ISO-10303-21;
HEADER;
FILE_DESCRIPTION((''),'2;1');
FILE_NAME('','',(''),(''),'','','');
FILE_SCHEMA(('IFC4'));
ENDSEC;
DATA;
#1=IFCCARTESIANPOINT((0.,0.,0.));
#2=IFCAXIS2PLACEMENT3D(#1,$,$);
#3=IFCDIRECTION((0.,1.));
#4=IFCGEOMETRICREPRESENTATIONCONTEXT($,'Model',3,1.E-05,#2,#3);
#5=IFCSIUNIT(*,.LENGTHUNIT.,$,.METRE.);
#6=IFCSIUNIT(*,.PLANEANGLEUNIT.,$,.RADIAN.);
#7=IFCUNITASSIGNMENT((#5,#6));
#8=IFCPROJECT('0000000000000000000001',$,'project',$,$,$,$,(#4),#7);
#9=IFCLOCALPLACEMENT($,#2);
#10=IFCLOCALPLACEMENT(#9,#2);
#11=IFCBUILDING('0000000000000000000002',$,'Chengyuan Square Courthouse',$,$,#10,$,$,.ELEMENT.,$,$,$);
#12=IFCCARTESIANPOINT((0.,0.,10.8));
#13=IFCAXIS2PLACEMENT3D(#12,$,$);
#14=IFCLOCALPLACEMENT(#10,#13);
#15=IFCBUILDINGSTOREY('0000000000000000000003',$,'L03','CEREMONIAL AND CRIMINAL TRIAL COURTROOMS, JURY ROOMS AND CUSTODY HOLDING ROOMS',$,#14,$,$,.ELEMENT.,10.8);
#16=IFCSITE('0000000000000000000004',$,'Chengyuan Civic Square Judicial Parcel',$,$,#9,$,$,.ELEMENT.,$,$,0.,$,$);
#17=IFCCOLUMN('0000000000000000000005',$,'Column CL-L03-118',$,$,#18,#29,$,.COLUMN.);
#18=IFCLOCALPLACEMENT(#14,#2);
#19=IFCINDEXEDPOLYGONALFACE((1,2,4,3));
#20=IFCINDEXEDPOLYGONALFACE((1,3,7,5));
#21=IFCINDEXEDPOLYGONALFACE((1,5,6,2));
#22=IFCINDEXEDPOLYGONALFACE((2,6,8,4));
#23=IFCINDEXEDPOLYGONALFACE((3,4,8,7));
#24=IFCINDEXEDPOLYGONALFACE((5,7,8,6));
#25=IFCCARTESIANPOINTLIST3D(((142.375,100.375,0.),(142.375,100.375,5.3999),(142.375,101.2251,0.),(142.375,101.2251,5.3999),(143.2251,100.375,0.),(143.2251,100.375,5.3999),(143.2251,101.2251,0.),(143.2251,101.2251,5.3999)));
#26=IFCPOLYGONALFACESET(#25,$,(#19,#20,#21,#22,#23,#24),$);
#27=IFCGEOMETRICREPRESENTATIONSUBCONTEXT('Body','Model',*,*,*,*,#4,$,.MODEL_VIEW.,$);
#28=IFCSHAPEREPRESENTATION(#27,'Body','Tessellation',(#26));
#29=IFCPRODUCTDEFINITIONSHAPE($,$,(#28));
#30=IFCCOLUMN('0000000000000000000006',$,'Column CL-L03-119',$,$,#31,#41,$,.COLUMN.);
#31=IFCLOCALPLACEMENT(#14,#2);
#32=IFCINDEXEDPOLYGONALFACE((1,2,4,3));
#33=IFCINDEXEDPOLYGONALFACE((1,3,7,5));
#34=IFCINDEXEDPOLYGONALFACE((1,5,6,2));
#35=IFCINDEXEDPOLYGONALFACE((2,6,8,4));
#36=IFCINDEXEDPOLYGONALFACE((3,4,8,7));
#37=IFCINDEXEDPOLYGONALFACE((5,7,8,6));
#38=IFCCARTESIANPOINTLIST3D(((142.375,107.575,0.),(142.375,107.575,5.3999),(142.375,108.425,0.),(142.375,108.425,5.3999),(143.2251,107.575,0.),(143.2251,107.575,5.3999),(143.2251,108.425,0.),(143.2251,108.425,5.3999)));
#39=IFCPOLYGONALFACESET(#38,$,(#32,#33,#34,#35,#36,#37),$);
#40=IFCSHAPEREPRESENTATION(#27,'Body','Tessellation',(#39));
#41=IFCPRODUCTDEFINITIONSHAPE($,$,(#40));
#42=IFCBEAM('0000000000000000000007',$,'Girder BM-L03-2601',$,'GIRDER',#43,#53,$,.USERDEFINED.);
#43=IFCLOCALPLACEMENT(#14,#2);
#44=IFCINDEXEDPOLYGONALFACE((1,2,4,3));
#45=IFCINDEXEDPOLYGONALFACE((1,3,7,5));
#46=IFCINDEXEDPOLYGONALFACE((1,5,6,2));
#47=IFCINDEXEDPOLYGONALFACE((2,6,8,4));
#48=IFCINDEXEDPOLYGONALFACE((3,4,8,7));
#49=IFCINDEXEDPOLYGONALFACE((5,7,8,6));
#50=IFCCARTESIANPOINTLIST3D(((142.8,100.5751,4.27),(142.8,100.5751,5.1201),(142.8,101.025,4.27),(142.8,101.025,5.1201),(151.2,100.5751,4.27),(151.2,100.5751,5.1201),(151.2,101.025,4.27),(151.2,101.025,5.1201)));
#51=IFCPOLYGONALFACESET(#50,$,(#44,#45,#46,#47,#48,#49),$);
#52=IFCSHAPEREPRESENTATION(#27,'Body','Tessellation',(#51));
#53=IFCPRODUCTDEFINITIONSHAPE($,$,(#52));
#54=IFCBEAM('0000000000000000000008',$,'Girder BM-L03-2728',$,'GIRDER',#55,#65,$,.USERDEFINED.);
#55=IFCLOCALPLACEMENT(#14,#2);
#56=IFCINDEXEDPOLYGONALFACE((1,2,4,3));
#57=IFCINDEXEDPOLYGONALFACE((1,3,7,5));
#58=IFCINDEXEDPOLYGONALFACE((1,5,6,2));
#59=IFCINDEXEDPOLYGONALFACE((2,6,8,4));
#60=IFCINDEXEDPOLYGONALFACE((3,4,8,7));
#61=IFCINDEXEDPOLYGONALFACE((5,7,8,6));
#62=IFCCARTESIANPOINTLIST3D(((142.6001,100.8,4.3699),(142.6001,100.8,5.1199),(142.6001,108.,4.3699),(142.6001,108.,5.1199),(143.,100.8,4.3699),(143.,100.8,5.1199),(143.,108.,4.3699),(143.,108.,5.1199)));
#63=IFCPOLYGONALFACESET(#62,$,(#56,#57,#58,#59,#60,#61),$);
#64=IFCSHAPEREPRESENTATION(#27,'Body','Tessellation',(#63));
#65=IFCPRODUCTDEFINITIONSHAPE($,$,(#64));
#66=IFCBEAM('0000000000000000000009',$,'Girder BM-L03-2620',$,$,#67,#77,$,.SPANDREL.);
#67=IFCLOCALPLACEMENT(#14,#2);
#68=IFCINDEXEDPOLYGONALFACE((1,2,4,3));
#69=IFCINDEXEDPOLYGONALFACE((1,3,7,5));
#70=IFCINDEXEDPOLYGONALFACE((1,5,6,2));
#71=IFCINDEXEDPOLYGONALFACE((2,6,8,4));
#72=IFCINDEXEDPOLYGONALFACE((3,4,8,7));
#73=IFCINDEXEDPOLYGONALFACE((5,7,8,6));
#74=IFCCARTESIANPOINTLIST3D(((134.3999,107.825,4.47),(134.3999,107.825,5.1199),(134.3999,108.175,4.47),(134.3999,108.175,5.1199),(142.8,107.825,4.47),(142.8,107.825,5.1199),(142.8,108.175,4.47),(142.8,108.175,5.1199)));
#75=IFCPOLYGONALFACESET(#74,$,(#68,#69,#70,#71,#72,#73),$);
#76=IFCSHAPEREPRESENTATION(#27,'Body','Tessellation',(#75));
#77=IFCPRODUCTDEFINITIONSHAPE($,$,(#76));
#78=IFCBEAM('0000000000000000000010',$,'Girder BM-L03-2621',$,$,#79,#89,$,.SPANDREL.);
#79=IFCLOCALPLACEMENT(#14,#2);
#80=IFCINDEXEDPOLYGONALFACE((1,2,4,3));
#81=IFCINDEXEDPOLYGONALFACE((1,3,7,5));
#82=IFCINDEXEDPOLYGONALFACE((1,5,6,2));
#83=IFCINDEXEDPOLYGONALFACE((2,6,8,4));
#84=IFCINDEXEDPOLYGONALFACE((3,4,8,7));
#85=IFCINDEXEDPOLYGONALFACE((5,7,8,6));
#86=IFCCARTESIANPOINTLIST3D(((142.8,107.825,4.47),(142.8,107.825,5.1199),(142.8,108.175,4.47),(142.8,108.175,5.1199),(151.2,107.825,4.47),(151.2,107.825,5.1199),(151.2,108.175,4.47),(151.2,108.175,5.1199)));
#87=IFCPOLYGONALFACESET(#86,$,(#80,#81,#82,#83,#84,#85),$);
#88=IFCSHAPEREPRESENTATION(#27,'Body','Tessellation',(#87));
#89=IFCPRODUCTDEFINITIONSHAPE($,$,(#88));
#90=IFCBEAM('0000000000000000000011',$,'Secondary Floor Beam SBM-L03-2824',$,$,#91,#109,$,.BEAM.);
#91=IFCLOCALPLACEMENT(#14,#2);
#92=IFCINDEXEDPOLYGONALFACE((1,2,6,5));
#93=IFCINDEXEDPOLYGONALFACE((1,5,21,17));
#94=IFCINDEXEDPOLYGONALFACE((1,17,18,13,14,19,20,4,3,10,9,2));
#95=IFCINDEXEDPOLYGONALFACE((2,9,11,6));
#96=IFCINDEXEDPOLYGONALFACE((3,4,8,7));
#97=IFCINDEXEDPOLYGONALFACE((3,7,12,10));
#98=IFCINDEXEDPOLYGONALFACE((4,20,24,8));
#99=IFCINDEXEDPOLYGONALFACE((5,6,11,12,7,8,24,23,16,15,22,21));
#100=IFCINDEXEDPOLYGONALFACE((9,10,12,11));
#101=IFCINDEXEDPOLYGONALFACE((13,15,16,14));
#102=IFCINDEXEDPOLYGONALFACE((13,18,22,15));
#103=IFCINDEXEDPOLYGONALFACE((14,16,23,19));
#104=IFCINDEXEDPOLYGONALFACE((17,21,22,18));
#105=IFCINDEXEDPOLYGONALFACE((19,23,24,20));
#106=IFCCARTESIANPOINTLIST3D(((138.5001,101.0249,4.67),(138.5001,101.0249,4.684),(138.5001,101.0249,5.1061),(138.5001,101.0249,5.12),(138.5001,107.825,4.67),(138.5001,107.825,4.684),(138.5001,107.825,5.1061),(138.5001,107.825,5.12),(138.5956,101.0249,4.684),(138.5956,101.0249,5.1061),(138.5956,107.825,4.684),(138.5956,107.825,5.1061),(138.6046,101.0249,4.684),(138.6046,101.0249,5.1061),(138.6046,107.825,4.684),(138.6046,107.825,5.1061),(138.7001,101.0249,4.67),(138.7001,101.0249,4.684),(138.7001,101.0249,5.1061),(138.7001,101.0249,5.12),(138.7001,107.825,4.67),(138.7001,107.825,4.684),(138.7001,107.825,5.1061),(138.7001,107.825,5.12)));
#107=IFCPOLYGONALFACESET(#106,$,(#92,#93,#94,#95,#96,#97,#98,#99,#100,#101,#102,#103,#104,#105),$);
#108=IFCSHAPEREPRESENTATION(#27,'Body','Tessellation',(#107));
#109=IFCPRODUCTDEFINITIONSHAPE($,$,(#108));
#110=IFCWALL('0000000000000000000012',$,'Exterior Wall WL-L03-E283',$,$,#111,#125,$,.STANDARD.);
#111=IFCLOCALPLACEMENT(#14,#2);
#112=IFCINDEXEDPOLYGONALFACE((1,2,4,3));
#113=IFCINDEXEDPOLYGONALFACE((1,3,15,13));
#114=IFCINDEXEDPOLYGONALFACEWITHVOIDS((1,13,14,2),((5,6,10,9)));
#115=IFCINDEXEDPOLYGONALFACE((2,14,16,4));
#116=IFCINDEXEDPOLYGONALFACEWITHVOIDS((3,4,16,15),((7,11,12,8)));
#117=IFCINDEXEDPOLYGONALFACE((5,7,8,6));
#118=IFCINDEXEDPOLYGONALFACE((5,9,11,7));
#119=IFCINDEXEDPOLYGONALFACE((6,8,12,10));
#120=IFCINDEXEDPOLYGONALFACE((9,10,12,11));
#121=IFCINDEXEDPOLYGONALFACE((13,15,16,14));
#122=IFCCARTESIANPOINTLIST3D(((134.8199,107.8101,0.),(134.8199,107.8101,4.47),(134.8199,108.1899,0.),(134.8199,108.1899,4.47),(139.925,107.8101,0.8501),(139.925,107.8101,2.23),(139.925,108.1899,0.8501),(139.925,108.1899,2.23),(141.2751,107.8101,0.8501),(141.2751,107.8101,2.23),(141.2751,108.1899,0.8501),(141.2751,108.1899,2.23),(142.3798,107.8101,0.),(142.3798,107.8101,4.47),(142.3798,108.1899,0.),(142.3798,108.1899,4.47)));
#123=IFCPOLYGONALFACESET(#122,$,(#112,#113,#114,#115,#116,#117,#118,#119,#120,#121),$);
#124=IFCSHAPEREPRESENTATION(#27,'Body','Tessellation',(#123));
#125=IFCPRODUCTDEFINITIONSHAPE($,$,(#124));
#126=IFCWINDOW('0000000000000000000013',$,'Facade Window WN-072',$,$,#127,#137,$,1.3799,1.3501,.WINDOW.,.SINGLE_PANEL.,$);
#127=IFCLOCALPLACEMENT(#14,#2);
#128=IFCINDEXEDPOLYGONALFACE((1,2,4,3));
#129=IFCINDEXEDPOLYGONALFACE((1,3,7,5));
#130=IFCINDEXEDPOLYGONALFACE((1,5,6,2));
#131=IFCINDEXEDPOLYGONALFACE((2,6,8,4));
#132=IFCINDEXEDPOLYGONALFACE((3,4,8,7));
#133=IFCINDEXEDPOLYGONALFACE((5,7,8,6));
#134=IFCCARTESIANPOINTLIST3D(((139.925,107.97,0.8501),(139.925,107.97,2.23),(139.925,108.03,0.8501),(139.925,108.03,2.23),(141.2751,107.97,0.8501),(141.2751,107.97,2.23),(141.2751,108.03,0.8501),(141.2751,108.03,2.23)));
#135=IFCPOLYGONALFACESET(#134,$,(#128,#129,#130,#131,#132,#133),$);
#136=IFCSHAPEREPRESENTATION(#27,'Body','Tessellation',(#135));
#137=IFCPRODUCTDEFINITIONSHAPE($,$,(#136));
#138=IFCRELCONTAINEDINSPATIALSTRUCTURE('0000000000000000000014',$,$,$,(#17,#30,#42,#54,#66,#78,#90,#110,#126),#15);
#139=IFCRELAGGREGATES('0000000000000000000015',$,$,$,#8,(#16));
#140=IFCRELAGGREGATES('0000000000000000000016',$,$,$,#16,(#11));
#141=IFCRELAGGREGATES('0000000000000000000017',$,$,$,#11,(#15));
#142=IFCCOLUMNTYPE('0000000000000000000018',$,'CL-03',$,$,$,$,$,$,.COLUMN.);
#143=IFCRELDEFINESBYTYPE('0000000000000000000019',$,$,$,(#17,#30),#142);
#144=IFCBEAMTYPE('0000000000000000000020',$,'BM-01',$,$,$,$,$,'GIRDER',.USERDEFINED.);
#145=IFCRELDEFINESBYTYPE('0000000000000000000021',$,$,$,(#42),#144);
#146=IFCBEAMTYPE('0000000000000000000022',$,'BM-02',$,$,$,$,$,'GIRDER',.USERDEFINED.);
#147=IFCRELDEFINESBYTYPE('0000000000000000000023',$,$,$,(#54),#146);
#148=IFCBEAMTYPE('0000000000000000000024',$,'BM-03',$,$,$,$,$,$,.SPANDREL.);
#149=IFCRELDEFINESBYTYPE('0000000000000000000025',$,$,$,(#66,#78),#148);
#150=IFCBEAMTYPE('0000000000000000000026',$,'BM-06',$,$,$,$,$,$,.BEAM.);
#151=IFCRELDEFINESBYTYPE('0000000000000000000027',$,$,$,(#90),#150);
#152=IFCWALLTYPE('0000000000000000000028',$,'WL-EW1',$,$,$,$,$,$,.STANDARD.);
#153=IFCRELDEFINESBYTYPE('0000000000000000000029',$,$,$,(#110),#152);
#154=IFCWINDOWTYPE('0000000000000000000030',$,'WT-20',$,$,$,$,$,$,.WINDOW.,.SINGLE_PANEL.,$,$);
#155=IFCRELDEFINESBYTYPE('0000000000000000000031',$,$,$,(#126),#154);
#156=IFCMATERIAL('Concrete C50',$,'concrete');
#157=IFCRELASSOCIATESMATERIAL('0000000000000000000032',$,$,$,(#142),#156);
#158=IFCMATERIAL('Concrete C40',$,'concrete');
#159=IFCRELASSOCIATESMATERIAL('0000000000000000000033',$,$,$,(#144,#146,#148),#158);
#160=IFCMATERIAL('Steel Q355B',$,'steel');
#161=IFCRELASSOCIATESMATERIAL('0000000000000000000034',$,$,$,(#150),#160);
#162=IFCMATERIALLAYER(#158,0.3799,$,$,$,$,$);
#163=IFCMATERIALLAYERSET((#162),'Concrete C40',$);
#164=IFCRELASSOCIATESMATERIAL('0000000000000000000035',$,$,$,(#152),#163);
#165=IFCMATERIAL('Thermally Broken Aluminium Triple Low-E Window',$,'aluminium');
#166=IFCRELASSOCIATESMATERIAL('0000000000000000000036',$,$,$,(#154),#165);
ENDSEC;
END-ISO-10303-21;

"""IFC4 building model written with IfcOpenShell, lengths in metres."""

from ifc_helpers import new_model, si_unit, direction, frame, frame_2d, origin, origin_2d, place, context, subcontext, project, spatial, rectangle, i_section, extrude, material, layer, layer_set, material_profile, profile_set, type_object, element, fill, save


model = new_model("IFC4")

# Units and contexts
model_context = context("Model", 3, precision=1e-05, world=origin(), true_north=direction((0.0, 1.0)))
body_context = subcontext(model_context, "Body", "Model", "MODEL_VIEW")
ifc_project = project(units=[si_unit("LENGTHUNIT", "METRE"), si_unit("PLANEANGLEUNIT", "RADIAN")], contexts=[model_context])

# Site, building, storey
site_placement = place(None, origin())
site = spatial("IfcSite", under=ifc_project, at=site_placement, Name="Chengyuan Civic Square Judicial Parcel", CompositionType="ELEMENT", RefElevation=0.0)
building_placement = place(site_placement, origin())
building = spatial("IfcBuilding", under=site, at=building_placement, Name="Chengyuan Square Courthouse", CompositionType="ELEMENT")
storey_placement = place(building_placement, frame((0.0, 0.0, 10.8)))
storey = spatial("IfcBuildingStorey", under=building, at=storey_placement, Name="L03", Description="CEREMONIAL AND CRIMINAL TRIAL COURTROOMS, JURY ROOMS AND CUSTODY HOLDING ROOMS", CompositionType="ELEMENT", Elevation=10.8)

# Columns
ifc_material_1 = material(Name="Concrete C50", Category="concrete")
ifc_material_profile_1 = material_profile(ifc_material_1, rectangle(XDim=0.8501, YDim=0.8501, at=origin_2d()), Name="RC-COL-850x850")
ifc_profile_set_1 = profile_set([ifc_material_profile_1], Name="Concrete C50")
column_type = type_object("IfcColumnType", Name="CL-03", PredefinedType="COLUMN", material=ifc_profile_set_1)
for number, where, z_axis, x_axis, name in (
    (1, (142.8, 100.8, 0.0), (0.0, 0.0, 1.0), (1.0, 0.0, 0.0), "Column CL-L03-118"),
    (2, (142.8, 108.0, 0.0), (0.0, 0.0, 1.0), (1.0, 0.0, 0.0), "Column CL-L03-119"),
):
    element("IfcColumn", number, at=place(storey_placement, frame(where, z_axis=z_axis, x_axis=x_axis)), inside=storey, type_object=column_type, Name=name, PredefinedType="COLUMN", context=body_context, shape_type="SweptSolid", body=[
        extrude(rectangle(XDim=0.8501, YDim=0.8501, at=origin_2d()), origin(), (0.0, 0.0, 1.0), 5.3999),
    ])

# Beams
ifc_material_2 = material(Name="Concrete C40", Category="concrete")
ifc_material_profile_2 = material_profile(ifc_material_2, rectangle(XDim=0.45, YDim=0.8501, at=origin_2d()), Name="RC-BM-450x850")
ifc_profile_set_2 = profile_set([ifc_material_profile_2], Name="Concrete C40")
beam_type_1 = type_object("IfcBeamType", Name="BM-01", ElementType="GIRDER", PredefinedType="USERDEFINED", material=ifc_profile_set_2)
beam_1_placement = place(storey_placement, frame((142.8, 100.8, 4.6951), z_axis=(1.0, 0.0, 0.0), x_axis=(0.0, 1.0, 0.0)))
element("IfcBeam", 3, at=beam_1_placement, inside=storey, type_object=beam_type_1, Name="Girder BM-L03-2601", ObjectType="GIRDER", PredefinedType="USERDEFINED", context=body_context, shape_type="SweptSolid", body=[
    extrude(rectangle(XDim=0.45, YDim=0.8501, at=origin_2d()), origin(), (0.0, 0.0, 1.0), 8.3999),
])
ifc_material_profile_3 = material_profile(ifc_material_2, rectangle(XDim=0.3999, YDim=0.75, at=origin_2d()), Name="RC-BM-400x750")
ifc_profile_set_3 = profile_set([ifc_material_profile_3], Name="Concrete C40")
beam_type_2 = type_object("IfcBeamType", Name="BM-02", ElementType="GIRDER", PredefinedType="USERDEFINED", material=ifc_profile_set_3)
beam_2_placement = place(storey_placement, frame((142.8, 100.8, 4.7449), z_axis=(0.0, 1.0, 0.0), x_axis=(-1.0, 0.0, 0.0)))
element("IfcBeam", 4, at=beam_2_placement, inside=storey, type_object=beam_type_2, Name="Girder BM-L03-2728", ObjectType="GIRDER", PredefinedType="USERDEFINED", context=body_context, shape_type="SweptSolid", body=[
    extrude(rectangle(XDim=0.3999, YDim=0.75, at=origin_2d()), origin(), (0.0, 0.0, 1.0), 7.2),
])
ifc_material_profile_4 = material_profile(ifc_material_2, rectangle(XDim=0.3501, YDim=0.6499, at=origin_2d()), Name="RC-BM-350x650")
ifc_profile_set_4 = profile_set([ifc_material_profile_4], Name="Concrete C40")
beam_type_3 = type_object("IfcBeamType", Name="BM-03", PredefinedType="SPANDREL", material=ifc_profile_set_4)
beam_3_placement = place(storey_placement, frame((134.3999, 108.0, 4.7949), z_axis=(1.0, 0.0, 0.0), x_axis=(0.0, 1.0, 0.0)))
element("IfcBeam", 5, at=beam_3_placement, inside=storey, type_object=beam_type_3, Name="Girder BM-L03-2620", PredefinedType="SPANDREL", context=body_context, shape_type="SweptSolid", body=[
    extrude(rectangle(XDim=0.3501, YDim=0.6499, at=origin_2d()), origin(), (0.0, 0.0, 1.0), 8.4001),
])
beam_4_placement = place(storey_placement, frame((142.8, 108.0, 4.7949), z_axis=(1.0, 0.0, 0.0), x_axis=(0.0, 1.0, 0.0)))
element("IfcBeam", 6, at=beam_4_placement, inside=storey, type_object=beam_type_3, Name="Girder BM-L03-2621", PredefinedType="SPANDREL", context=body_context, shape_type="SweptSolid", body=[
    extrude(rectangle(XDim=0.3501, YDim=0.6499, at=origin_2d()), origin(), (0.0, 0.0, 1.0), 8.3999),
])
ifc_material_3 = material(Name="Steel Q355B", Category="steel")
ifc_material_profile_5 = material_profile(ifc_material_3, i_section(OverallWidth=0.2, OverallDepth=0.45, WebThickness=0.009, FlangeThickness=0.0139, at=origin_2d()), Name="HN 450x200x9x14")
ifc_profile_set_5 = profile_set([ifc_material_profile_5], Name="Steel Q355B")
beam_type_4 = type_object("IfcBeamType", Name="BM-06", PredefinedType="BEAM", material=ifc_profile_set_5)
beam_5_placement = place(storey_placement, frame((138.6001, 101.0249, 4.895), z_axis=(0.0, 1.0, 0.0), x_axis=(-1.0, 0.0, 0.0)))
element("IfcBeam", 7, at=beam_5_placement, inside=storey, type_object=beam_type_4, Name="Secondary Floor Beam SBM-L03-2824", PredefinedType="BEAM", context=body_context, shape_type="SweptSolid", body=[
    extrude(i_section(OverallWidth=0.2, OverallDepth=0.45, WebThickness=0.009, FlangeThickness=0.0139, at=origin_2d()), origin(), (0.0, 0.0, 1.0), 6.8),
])

# Wall, opening, window
ifc_layer_1 = layer(ifc_material_2, 0.3799)
ifc_layer_set_1 = layer_set([ifc_layer_1], Name="Concrete C40")
wall_type_1 = type_object("IfcWallType", Name="WL-EW1", PredefinedType="STANDARD", material=ifc_layer_set_1)
wall_1_placement = place(storey_placement, frame((134.8201, 108.0, 0.0), z_axis=(0.0, 0.0, 1.0), x_axis=(1.0, 0.0, 0.0)))
wall_1 = element("IfcWall", 8, at=wall_1_placement, inside=storey, type_object=wall_type_1, Name="Exterior Wall WL-L03-E283", PredefinedType="STANDARD", context=body_context, shape_type="SweptSolid", body=[
    extrude(rectangle(XDim=7.5598, YDim=0.3799, at=frame_2d((3.7798, 0.0))), origin(), (0.0, 0.0, 1.0), 4.47),
])
opening_1_placement = place(wall_1_placement, frame((5.105, 0.0, 0.8501)))
opening_1 = element("IfcOpeningElement", 9, at=opening_1_placement, cuts=wall_1, PredefinedType="OPENING", context=body_context, shape_type="SweptSolid", body=[
    extrude(rectangle(XDim=1.3501, YDim=1.3799, at=frame_2d((0.675, 0.6899))), frame((0.0, 0.2019, 0.0), z_axis=(0.0, -1.0, 0.0), x_axis=(1.0, 0.0, 0.0)), (0.0, 0.0, 1.0), 0.4038),
])
ifc_material_4 = material(Name="Thermally Broken Aluminium Triple Low-E Window", Category="aluminium")
window_type = type_object("IfcWindowType", Name="WT-20", PartitioningType="SINGLE_PANEL", PredefinedType="WINDOW", material=ifc_material_4)
window_placement = place(opening_1_placement, origin())
window = element("IfcWindow", 10, at=window_placement, inside=storey, type_object=window_type, Name="Facade Window WN-072", OverallHeight=1.3799, OverallWidth=1.3501, PartitioningType="SINGLE_PANEL", PredefinedType="WINDOW", context=body_context, shape_type="SweptSolid", body=[
    extrude(rectangle(XDim=1.3501, YDim=1.3799, at=frame_2d((0.675, 0.6899))), frame((0.0, 0.03, 0.0), z_axis=(0.0, -1.0, 0.0), x_axis=(1.0, 0.0, 0.0)), (0.0, 0.0, 1.0), 0.0601),
])
fill(opening_1, window)

save(model, "model.ifc")
